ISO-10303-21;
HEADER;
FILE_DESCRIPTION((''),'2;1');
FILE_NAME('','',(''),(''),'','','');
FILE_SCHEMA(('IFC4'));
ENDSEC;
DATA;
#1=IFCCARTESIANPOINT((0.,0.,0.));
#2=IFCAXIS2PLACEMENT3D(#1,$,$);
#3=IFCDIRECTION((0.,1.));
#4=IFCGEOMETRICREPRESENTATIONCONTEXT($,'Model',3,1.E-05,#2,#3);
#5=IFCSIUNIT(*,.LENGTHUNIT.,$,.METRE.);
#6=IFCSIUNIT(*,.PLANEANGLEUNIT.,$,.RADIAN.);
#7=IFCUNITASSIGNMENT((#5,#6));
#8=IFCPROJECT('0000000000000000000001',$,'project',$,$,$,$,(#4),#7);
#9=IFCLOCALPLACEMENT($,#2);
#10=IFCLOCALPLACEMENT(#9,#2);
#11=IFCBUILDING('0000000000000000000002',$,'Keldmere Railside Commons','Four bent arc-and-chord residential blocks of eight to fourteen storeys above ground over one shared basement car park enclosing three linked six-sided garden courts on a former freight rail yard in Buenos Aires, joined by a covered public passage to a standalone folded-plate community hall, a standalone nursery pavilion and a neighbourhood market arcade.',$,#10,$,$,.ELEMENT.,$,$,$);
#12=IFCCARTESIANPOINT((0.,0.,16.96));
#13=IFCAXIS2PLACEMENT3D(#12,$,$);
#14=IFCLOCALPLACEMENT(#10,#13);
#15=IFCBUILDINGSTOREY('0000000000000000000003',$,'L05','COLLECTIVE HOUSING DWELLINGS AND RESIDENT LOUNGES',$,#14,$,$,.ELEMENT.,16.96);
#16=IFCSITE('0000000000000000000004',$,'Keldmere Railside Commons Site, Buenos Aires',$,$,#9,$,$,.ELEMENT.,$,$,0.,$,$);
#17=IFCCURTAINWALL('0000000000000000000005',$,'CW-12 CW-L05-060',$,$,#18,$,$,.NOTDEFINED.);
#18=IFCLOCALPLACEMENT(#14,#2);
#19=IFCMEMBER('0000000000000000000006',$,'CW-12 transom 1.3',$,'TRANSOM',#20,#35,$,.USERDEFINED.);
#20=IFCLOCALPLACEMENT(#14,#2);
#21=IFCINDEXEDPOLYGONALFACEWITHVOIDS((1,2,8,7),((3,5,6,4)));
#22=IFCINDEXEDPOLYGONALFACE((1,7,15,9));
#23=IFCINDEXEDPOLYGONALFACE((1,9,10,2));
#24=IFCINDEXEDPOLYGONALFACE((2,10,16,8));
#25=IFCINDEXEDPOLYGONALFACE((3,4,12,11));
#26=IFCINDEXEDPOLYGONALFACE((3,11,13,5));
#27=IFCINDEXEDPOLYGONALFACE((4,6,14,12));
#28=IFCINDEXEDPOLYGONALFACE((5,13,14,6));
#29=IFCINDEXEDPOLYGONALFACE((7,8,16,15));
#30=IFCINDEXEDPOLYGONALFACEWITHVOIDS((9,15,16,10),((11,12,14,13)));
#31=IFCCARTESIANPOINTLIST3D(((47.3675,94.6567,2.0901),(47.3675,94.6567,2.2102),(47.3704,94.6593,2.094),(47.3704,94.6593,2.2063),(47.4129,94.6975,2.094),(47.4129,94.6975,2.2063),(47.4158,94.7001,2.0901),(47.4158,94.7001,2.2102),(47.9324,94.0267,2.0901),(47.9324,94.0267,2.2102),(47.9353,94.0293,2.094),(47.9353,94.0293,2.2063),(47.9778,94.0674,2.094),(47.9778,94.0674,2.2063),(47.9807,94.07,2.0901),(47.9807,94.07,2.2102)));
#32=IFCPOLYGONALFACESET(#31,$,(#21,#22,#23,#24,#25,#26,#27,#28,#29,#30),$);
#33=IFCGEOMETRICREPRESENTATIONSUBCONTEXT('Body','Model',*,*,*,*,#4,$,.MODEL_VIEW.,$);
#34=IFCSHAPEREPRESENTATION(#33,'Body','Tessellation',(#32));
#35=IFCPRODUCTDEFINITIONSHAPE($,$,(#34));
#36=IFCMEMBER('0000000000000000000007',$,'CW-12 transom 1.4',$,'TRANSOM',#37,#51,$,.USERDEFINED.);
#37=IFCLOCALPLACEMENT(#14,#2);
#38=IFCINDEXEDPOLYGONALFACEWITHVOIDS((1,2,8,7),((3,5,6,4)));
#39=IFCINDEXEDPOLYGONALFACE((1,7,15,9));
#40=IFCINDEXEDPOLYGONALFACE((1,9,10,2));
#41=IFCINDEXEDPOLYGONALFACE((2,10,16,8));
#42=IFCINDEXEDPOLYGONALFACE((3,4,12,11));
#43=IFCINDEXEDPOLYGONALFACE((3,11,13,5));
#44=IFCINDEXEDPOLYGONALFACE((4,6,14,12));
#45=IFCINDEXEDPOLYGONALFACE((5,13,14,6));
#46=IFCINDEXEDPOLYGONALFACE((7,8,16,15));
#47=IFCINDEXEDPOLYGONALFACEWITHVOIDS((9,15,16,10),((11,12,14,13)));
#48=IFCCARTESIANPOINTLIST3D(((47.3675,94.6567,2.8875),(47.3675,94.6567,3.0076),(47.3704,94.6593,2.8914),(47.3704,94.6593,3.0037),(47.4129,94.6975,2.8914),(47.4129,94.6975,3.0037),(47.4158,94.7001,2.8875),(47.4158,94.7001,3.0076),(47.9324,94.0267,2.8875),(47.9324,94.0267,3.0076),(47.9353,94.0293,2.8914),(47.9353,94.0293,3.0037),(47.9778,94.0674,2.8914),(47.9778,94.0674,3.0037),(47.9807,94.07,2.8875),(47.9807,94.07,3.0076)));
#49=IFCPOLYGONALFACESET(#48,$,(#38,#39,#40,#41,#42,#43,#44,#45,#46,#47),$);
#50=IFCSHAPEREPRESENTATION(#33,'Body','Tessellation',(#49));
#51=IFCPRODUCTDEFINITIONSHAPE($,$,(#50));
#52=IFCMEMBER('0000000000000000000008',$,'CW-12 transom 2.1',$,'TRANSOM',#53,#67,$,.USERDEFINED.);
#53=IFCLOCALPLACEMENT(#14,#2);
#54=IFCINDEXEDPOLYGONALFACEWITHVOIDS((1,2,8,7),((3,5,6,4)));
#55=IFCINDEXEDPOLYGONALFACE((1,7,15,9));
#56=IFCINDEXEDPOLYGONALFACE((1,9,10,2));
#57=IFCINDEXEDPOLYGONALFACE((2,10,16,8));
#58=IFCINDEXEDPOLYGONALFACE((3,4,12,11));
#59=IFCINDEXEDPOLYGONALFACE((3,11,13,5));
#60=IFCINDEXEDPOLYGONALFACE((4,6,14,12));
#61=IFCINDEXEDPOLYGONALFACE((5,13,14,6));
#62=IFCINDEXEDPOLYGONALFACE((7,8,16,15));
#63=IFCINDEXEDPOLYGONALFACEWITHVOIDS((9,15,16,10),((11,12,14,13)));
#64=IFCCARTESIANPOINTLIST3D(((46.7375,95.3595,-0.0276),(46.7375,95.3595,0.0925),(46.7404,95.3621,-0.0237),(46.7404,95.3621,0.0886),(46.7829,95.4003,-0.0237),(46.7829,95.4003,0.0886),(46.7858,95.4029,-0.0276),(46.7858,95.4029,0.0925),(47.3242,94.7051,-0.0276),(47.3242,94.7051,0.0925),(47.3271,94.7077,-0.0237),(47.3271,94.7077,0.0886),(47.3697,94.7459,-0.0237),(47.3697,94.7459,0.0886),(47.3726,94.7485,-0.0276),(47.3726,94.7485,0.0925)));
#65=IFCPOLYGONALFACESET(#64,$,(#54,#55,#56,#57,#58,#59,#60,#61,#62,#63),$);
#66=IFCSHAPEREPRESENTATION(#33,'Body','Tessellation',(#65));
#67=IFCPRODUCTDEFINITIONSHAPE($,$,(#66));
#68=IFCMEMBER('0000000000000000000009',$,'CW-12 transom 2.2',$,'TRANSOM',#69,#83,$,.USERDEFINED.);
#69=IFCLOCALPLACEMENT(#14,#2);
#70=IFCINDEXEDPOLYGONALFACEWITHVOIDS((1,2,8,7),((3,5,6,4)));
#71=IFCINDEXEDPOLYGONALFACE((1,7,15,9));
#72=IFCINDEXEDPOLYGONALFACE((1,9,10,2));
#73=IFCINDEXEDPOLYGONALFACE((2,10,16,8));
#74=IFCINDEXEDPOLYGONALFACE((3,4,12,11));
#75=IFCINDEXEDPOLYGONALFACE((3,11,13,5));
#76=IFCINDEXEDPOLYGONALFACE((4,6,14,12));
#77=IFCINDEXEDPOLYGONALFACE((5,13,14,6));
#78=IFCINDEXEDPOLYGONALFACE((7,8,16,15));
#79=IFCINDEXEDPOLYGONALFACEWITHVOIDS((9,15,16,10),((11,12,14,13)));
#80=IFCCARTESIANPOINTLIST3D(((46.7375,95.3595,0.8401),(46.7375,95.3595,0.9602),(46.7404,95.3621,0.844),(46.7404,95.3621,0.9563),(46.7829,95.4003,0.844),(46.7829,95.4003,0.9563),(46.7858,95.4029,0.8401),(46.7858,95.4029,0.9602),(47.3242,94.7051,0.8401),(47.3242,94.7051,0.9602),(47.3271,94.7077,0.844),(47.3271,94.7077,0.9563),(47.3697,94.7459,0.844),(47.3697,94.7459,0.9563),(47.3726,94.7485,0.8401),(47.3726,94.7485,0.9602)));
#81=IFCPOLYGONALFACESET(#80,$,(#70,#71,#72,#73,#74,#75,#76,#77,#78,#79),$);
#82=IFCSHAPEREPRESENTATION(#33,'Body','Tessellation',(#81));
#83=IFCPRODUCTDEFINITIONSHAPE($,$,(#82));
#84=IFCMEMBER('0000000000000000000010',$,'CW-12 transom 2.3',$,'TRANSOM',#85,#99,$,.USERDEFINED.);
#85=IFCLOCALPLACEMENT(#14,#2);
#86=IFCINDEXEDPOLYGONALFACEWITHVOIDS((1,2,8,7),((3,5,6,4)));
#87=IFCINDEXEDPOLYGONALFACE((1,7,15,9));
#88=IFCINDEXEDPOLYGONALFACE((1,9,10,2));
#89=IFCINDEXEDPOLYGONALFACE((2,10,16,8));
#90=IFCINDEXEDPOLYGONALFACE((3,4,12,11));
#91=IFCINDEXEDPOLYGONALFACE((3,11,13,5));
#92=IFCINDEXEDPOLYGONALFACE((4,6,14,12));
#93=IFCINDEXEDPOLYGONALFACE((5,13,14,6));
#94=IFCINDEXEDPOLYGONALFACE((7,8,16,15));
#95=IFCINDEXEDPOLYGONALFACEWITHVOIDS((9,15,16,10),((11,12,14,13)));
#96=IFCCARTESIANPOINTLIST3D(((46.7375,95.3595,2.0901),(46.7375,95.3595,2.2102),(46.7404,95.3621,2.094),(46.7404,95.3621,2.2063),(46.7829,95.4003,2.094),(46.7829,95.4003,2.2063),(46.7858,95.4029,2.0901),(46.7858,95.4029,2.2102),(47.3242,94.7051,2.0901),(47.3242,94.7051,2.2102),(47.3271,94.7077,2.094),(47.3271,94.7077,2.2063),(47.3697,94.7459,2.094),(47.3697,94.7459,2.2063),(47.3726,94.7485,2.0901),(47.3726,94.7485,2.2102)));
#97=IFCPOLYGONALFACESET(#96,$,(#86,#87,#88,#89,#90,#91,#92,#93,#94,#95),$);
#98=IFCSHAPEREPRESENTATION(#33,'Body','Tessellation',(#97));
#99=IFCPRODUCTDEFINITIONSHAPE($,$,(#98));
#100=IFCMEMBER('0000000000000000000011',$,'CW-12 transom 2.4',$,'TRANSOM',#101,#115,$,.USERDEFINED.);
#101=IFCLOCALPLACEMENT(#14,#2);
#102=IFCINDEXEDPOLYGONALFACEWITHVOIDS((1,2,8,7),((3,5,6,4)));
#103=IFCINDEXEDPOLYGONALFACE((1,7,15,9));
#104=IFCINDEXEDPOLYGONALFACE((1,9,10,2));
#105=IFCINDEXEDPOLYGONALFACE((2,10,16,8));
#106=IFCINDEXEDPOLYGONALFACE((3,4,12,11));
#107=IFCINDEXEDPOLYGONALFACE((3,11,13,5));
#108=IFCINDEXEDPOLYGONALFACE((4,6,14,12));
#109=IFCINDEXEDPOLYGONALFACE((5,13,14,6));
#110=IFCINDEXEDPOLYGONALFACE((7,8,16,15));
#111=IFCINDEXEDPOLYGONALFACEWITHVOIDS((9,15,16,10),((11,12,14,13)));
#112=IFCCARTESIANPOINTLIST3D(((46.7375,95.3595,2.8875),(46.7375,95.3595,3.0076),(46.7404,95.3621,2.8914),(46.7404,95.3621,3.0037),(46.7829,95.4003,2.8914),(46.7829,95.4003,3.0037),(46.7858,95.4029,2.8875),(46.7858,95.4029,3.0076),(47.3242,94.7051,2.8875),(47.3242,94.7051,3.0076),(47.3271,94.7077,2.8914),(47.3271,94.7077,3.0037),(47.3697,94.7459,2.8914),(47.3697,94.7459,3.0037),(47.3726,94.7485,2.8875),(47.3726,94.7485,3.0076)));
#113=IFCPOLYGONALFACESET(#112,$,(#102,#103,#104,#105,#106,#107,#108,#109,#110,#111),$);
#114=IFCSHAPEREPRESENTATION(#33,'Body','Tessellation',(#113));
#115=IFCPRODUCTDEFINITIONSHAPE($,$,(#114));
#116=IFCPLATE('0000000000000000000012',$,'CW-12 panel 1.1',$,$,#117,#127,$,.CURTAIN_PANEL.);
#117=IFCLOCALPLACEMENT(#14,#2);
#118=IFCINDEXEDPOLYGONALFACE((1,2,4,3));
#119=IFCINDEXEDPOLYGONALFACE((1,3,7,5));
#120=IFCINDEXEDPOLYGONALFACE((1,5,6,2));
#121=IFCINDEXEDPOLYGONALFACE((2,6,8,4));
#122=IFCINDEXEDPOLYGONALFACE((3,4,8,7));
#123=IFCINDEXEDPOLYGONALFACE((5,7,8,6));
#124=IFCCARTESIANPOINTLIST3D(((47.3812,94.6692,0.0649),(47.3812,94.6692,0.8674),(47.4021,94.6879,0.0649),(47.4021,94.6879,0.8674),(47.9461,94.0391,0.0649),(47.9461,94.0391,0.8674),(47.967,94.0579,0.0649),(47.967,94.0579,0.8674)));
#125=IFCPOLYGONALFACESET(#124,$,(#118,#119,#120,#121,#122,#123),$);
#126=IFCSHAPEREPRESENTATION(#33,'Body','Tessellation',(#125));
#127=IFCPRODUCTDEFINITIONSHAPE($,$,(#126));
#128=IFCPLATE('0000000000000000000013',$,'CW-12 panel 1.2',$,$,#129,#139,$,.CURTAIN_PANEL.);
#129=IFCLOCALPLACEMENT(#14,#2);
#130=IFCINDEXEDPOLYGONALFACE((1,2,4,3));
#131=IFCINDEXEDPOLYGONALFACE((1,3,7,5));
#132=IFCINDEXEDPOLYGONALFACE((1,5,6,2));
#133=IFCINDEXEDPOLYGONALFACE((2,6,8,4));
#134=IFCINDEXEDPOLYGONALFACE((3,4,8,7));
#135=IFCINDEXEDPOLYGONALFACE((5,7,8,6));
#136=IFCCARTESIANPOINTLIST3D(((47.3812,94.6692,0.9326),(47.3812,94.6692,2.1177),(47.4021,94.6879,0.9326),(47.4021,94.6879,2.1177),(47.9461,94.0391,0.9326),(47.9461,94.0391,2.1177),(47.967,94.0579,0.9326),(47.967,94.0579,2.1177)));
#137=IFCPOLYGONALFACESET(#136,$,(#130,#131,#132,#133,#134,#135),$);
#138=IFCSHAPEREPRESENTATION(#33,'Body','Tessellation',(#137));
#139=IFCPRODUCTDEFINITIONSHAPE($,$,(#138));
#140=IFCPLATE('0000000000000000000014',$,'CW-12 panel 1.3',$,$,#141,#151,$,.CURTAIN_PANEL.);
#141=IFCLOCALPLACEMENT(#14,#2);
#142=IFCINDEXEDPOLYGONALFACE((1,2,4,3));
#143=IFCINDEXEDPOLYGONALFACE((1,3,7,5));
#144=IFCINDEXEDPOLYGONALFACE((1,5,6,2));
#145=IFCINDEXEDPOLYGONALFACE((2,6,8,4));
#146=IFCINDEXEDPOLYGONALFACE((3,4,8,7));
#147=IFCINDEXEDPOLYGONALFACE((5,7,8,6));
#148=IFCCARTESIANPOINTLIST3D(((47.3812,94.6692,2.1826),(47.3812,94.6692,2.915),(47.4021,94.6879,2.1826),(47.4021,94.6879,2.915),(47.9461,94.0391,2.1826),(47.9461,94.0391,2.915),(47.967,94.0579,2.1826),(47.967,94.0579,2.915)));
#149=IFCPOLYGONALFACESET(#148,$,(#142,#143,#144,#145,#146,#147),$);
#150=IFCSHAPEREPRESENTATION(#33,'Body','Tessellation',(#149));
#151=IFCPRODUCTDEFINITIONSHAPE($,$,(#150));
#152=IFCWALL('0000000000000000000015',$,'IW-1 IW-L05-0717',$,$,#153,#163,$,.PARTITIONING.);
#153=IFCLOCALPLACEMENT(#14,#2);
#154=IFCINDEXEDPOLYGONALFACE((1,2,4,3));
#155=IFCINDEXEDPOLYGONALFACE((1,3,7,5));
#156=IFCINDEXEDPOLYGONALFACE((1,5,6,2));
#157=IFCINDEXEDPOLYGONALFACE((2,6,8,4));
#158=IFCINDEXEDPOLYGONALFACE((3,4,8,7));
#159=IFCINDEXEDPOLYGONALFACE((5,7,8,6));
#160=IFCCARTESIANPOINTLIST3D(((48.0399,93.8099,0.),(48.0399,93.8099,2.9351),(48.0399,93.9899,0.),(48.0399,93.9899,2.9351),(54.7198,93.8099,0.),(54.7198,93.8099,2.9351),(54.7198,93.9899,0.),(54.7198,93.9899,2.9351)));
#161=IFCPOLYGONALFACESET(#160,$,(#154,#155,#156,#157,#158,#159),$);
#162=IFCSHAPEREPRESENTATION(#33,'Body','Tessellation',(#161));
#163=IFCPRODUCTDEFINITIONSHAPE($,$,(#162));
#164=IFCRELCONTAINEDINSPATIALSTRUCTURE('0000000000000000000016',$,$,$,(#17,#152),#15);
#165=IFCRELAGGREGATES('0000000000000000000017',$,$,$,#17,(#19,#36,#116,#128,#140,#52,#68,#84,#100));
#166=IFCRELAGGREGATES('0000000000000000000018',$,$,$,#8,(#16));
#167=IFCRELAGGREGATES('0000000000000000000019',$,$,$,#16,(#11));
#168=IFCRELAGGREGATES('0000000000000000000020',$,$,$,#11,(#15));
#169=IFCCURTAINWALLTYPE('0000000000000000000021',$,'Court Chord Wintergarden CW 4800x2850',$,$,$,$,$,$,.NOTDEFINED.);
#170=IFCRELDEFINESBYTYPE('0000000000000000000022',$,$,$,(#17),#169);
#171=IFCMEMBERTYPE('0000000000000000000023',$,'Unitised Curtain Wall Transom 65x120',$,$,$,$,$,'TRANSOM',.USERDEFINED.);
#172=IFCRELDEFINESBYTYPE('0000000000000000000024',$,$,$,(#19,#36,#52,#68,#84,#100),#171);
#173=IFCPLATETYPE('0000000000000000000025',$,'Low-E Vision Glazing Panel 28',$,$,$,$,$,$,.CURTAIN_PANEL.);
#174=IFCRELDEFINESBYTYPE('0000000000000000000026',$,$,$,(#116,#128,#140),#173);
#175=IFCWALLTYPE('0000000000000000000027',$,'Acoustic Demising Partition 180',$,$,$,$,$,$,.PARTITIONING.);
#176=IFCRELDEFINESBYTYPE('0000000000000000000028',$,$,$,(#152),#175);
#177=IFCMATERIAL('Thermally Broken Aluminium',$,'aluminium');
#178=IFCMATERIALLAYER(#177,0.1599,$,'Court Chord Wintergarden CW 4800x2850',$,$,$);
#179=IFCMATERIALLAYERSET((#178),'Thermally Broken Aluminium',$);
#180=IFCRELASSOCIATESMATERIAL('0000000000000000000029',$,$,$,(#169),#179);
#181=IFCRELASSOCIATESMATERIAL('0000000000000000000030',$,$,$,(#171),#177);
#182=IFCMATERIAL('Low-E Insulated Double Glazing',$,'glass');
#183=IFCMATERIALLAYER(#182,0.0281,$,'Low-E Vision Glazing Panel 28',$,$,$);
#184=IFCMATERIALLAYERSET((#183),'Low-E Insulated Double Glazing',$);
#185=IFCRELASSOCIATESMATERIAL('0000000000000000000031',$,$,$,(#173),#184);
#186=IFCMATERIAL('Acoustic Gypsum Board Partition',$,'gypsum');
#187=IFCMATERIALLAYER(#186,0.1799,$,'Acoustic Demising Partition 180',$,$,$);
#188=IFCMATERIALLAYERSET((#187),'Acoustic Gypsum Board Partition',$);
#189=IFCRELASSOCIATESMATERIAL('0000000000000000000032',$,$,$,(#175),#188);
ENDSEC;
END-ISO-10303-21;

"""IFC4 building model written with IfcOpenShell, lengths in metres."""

from ifc_helpers import new_model, si_unit, direction, frame, frame_2d, origin, origin_2d, place, context, subcontext, project, spatial, rectangle, hollow_rectangle, extrude, material, layer, layer_set, material_profile, profile_set, type_object, element, aggregate, save


model = new_model("IFC4")

# Units and contexts
model_context = context("Model", 3, precision=1e-05, world=origin(), true_north=direction((0.0, 1.0)))
body_context = subcontext(model_context, "Body", "Model", "MODEL_VIEW")
ifc_project = project(units=[si_unit("LENGTHUNIT", "METRE"), si_unit("PLANEANGLEUNIT", "RADIAN")], contexts=[model_context])

# Site, building, storey
site_placement = place(None, origin())
site = spatial("IfcSite", under=ifc_project, at=site_placement, Name="Keldmere Railside Commons Site, Buenos Aires", CompositionType="ELEMENT", RefElevation=0.0)
building_placement = place(site_placement, origin())
building = spatial("IfcBuilding", under=site, at=building_placement, Name="Keldmere Railside Commons", Description="Four bent arc-and-chord residential blocks of eight to fourteen storeys above ground over one shared basement car park enclosing three linked six-sided garden courts on a former freight rail yard in Buenos Aires, joined by a covered public passage to a standalone folded-plate community hall, a standalone nursery pavilion and a neighbourhood market arcade.", CompositionType="ELEMENT")
storey_placement = place(building_placement, frame((0.0, 0.0, 16.96)))
storey = spatial("IfcBuildingStorey", under=building, at=storey_placement, Name="L05", Description="COLLECTIVE HOUSING DWELLINGS AND RESIDENT LOUNGES", CompositionType="ELEMENT", Elevation=16.96)

# Curtain wall, members, plates
ifc_material_1 = material(Name="Thermally Broken Aluminium", Category="aluminium")
ifc_layer_1 = layer(ifc_material_1, 0.1599, Name="Court Chord Wintergarden CW 4800x2850")
ifc_layer_set_1 = layer_set([ifc_layer_1], Name="Thermally Broken Aluminium")
curtain_wall_type = type_object("IfcCurtainWallType", Name="Court Chord Wintergarden CW 4800x2850", PredefinedType="NOTDEFINED", material=ifc_layer_set_1)
curtain_wall_placement = place(storey_placement, origin())
curtain_wall = element("IfcCurtainWall", 1, at=curtain_wall_placement, inside=storey, type_object=curtain_wall_type, Name="CW-12 CW-L05-060", PredefinedType="NOTDEFINED")
ifc_material_profile_1 = material_profile(ifc_material_1, hollow_rectangle(XDim=0.0649, YDim=0.1201, WallThickness=0.0039, at=origin_2d()), Name="ALU-TRAN-65x120")
ifc_profile_set_1 = profile_set([ifc_material_profile_1], Name="Thermally Broken Aluminium")
member_type_1 = type_object("IfcMemberType", Name="Unitised Curtain Wall Transom 65x120", ElementType="TRANSOM", PredefinedType="USERDEFINED", material=ifc_profile_set_1)
member_1_placement = place(storey_placement, frame((47.9565, 94.0483, 2.1501), z_axis=(-0.667545, 0.744569, 0.0), x_axis=(-0.744569, -0.667545, 0.0)))
member_1 = element("IfcMember", 2, at=member_1_placement, type_object=member_type_1, Name="CW-12 transom 1.3", ObjectType="TRANSOM", PredefinedType="USERDEFINED", context=body_context, shape_type="SweptSolid", body=[
    extrude(hollow_rectangle(XDim=0.0649, YDim=0.1201, WallThickness=0.0039, at=origin_2d()), origin(), (0.0, 0.0, 1.0), 0.8462),
])
member_2_placement = place(storey_placement, frame((47.9565, 94.0483, 2.9475), z_axis=(-0.667545, 0.744569, 0.0), x_axis=(-0.744569, -0.667545, 0.0)))
member_2 = element("IfcMember", 3, at=member_2_placement, type_object=member_type_1, Name="CW-12 transom 1.4", ObjectType="TRANSOM", PredefinedType="USERDEFINED", context=body_context, shape_type="SweptSolid", body=[
    extrude(hollow_rectangle(XDim=0.0649, YDim=0.1201, WallThickness=0.0039, at=origin_2d()), origin(), (0.0, 0.0, 1.0), 0.8462),
])
member_3_placement = place(storey_placement, frame((47.3484, 94.7268, 0.0325), z_axis=(-0.667582, 0.744536, 0.0), x_axis=(-0.744536, -0.667582, 0.0)))
member_3 = element("IfcMember", 4, at=member_3_placement, type_object=member_type_1, Name="CW-12 transom 2.1", ObjectType="TRANSOM", PredefinedType="USERDEFINED", context=body_context, shape_type="SweptSolid", body=[
    extrude(hollow_rectangle(XDim=0.0649, YDim=0.1201, WallThickness=0.0039, at=origin_2d()), origin(), (0.0, 0.0, 1.0), 0.8789),
])
member_4_placement = place(storey_placement, frame((47.3484, 94.7268, 0.9001), z_axis=(-0.667582, 0.744536, 0.0), x_axis=(-0.744536, -0.667582, 0.0)))
member_4 = element("IfcMember", 5, at=member_4_placement, type_object=member_type_1, Name="CW-12 transom 2.2", ObjectType="TRANSOM", PredefinedType="USERDEFINED", context=body_context, shape_type="SweptSolid", body=[
    extrude(hollow_rectangle(XDim=0.0649, YDim=0.1201, WallThickness=0.0039, at=origin_2d()), origin(), (0.0, 0.0, 1.0), 0.8789),
])
member_5_placement = place(storey_placement, frame((47.3484, 94.7268, 2.1501), z_axis=(-0.667582, 0.744536, 0.0), x_axis=(-0.744536, -0.667582, 0.0)))
member_5 = element("IfcMember", 6, at=member_5_placement, type_object=member_type_1, Name="CW-12 transom 2.3", ObjectType="TRANSOM", PredefinedType="USERDEFINED", context=body_context, shape_type="SweptSolid", body=[
    extrude(hollow_rectangle(XDim=0.0649, YDim=0.1201, WallThickness=0.0039, at=origin_2d()), origin(), (0.0, 0.0, 1.0), 0.8789),
])
member_6_placement = place(storey_placement, frame((47.3484, 94.7268, 2.9475), z_axis=(-0.667582, 0.744536, 0.0), x_axis=(-0.744536, -0.667582, 0.0)))
member_6 = element("IfcMember", 7, at=member_6_placement, type_object=member_type_1, Name="CW-12 transom 2.4", ObjectType="TRANSOM", PredefinedType="USERDEFINED", context=body_context, shape_type="SweptSolid", body=[
    extrude(hollow_rectangle(XDim=0.0649, YDim=0.1201, WallThickness=0.0039, at=origin_2d()), origin(), (0.0, 0.0, 1.0), 0.8789),
])
ifc_material_2 = material(Name="Low-E Insulated Double Glazing", Category="glass")
ifc_layer_2 = layer(ifc_material_2, 0.0281, Name="Low-E Vision Glazing Panel 28")
ifc_layer_set_2 = layer_set([ifc_layer_2], Name="Low-E Insulated Double Glazing")
plate_type = type_object("IfcPlateType", Name="Low-E Vision Glazing Panel 28", PredefinedType="CURTAIN_PANEL", material=ifc_layer_set_2)
plate_1_placement = place(storey_placement, frame((47.6741, 94.3635, 0.0649), z_axis=(0.0, 0.0, 1.0), x_axis=(-0.667559, 0.744557, 0.0)))
plate_1 = element("IfcPlate", 8, at=plate_1_placement, type_object=plate_type, Name="CW-12 panel 1.1", PredefinedType="CURTAIN_PANEL", context=body_context, shape_type="SweptSolid", body=[
    extrude(rectangle(XDim=0.8462, YDim=0.0281, at=origin_2d()), origin(), (0.0, 0.0, 1.0), 0.8025),
])
plate_2_placement = place(storey_placement, frame((47.6741, 94.3635, 0.9326), z_axis=(0.0, 0.0, 1.0), x_axis=(-0.667559, 0.744557, 0.0)))
plate_2 = element("IfcPlate", 9, at=plate_2_placement, type_object=plate_type, Name="CW-12 panel 1.2", PredefinedType="CURTAIN_PANEL", context=body_context, shape_type="SweptSolid", body=[
    extrude(rectangle(XDim=0.8462, YDim=0.0281, at=origin_2d()), origin(), (0.0, 0.0, 1.0), 1.1851),
])
plate_3_placement = place(storey_placement, frame((47.6741, 94.3635, 2.1826), z_axis=(0.0, 0.0, 1.0), x_axis=(-0.667559, 0.744557, 0.0)))
plate_3 = element("IfcPlate", 10, at=plate_3_placement, type_object=plate_type, Name="CW-12 panel 1.3", PredefinedType="CURTAIN_PANEL", context=body_context, shape_type="SweptSolid", body=[
    extrude(rectangle(XDim=0.8462, YDim=0.0281, at=origin_2d()), origin(), (0.0, 0.0, 1.0), 0.7324),
])
aggregate(curtain_wall, [member_1, member_2, plate_1, plate_2, plate_3, member_3, member_4, member_5, member_6])

# Wall
ifc_material_3 = material(Name="Acoustic Gypsum Board Partition", Category="gypsum")
ifc_layer_3 = layer(ifc_material_3, 0.1799, Name="Acoustic Demising Partition 180")
ifc_layer_set_3 = layer_set([ifc_layer_3], Name="Acoustic Gypsum Board Partition")
wall_type_1 = type_object("IfcWallType", Name="Acoustic Demising Partition 180", PredefinedType="PARTITIONING", material=ifc_layer_set_3)
wall_1_placement = place(storey_placement, frame((48.04, 93.8999, 0.0), z_axis=(0.0, 0.0, 1.0), x_axis=(1.0, 0.0, 0.0)))
element("IfcWall", 11, at=wall_1_placement, inside=storey, type_object=wall_type_1, Name="IW-1 IW-L05-0717", PredefinedType="PARTITIONING", context=body_context, shape_type="SweptSolid", body=[
    extrude(rectangle(XDim=6.6799, YDim=0.1799, at=frame_2d((3.3398, 0.0))), origin(), (0.0, 0.0, 1.0), 2.9351),
])

save(model, "model.ifc")
